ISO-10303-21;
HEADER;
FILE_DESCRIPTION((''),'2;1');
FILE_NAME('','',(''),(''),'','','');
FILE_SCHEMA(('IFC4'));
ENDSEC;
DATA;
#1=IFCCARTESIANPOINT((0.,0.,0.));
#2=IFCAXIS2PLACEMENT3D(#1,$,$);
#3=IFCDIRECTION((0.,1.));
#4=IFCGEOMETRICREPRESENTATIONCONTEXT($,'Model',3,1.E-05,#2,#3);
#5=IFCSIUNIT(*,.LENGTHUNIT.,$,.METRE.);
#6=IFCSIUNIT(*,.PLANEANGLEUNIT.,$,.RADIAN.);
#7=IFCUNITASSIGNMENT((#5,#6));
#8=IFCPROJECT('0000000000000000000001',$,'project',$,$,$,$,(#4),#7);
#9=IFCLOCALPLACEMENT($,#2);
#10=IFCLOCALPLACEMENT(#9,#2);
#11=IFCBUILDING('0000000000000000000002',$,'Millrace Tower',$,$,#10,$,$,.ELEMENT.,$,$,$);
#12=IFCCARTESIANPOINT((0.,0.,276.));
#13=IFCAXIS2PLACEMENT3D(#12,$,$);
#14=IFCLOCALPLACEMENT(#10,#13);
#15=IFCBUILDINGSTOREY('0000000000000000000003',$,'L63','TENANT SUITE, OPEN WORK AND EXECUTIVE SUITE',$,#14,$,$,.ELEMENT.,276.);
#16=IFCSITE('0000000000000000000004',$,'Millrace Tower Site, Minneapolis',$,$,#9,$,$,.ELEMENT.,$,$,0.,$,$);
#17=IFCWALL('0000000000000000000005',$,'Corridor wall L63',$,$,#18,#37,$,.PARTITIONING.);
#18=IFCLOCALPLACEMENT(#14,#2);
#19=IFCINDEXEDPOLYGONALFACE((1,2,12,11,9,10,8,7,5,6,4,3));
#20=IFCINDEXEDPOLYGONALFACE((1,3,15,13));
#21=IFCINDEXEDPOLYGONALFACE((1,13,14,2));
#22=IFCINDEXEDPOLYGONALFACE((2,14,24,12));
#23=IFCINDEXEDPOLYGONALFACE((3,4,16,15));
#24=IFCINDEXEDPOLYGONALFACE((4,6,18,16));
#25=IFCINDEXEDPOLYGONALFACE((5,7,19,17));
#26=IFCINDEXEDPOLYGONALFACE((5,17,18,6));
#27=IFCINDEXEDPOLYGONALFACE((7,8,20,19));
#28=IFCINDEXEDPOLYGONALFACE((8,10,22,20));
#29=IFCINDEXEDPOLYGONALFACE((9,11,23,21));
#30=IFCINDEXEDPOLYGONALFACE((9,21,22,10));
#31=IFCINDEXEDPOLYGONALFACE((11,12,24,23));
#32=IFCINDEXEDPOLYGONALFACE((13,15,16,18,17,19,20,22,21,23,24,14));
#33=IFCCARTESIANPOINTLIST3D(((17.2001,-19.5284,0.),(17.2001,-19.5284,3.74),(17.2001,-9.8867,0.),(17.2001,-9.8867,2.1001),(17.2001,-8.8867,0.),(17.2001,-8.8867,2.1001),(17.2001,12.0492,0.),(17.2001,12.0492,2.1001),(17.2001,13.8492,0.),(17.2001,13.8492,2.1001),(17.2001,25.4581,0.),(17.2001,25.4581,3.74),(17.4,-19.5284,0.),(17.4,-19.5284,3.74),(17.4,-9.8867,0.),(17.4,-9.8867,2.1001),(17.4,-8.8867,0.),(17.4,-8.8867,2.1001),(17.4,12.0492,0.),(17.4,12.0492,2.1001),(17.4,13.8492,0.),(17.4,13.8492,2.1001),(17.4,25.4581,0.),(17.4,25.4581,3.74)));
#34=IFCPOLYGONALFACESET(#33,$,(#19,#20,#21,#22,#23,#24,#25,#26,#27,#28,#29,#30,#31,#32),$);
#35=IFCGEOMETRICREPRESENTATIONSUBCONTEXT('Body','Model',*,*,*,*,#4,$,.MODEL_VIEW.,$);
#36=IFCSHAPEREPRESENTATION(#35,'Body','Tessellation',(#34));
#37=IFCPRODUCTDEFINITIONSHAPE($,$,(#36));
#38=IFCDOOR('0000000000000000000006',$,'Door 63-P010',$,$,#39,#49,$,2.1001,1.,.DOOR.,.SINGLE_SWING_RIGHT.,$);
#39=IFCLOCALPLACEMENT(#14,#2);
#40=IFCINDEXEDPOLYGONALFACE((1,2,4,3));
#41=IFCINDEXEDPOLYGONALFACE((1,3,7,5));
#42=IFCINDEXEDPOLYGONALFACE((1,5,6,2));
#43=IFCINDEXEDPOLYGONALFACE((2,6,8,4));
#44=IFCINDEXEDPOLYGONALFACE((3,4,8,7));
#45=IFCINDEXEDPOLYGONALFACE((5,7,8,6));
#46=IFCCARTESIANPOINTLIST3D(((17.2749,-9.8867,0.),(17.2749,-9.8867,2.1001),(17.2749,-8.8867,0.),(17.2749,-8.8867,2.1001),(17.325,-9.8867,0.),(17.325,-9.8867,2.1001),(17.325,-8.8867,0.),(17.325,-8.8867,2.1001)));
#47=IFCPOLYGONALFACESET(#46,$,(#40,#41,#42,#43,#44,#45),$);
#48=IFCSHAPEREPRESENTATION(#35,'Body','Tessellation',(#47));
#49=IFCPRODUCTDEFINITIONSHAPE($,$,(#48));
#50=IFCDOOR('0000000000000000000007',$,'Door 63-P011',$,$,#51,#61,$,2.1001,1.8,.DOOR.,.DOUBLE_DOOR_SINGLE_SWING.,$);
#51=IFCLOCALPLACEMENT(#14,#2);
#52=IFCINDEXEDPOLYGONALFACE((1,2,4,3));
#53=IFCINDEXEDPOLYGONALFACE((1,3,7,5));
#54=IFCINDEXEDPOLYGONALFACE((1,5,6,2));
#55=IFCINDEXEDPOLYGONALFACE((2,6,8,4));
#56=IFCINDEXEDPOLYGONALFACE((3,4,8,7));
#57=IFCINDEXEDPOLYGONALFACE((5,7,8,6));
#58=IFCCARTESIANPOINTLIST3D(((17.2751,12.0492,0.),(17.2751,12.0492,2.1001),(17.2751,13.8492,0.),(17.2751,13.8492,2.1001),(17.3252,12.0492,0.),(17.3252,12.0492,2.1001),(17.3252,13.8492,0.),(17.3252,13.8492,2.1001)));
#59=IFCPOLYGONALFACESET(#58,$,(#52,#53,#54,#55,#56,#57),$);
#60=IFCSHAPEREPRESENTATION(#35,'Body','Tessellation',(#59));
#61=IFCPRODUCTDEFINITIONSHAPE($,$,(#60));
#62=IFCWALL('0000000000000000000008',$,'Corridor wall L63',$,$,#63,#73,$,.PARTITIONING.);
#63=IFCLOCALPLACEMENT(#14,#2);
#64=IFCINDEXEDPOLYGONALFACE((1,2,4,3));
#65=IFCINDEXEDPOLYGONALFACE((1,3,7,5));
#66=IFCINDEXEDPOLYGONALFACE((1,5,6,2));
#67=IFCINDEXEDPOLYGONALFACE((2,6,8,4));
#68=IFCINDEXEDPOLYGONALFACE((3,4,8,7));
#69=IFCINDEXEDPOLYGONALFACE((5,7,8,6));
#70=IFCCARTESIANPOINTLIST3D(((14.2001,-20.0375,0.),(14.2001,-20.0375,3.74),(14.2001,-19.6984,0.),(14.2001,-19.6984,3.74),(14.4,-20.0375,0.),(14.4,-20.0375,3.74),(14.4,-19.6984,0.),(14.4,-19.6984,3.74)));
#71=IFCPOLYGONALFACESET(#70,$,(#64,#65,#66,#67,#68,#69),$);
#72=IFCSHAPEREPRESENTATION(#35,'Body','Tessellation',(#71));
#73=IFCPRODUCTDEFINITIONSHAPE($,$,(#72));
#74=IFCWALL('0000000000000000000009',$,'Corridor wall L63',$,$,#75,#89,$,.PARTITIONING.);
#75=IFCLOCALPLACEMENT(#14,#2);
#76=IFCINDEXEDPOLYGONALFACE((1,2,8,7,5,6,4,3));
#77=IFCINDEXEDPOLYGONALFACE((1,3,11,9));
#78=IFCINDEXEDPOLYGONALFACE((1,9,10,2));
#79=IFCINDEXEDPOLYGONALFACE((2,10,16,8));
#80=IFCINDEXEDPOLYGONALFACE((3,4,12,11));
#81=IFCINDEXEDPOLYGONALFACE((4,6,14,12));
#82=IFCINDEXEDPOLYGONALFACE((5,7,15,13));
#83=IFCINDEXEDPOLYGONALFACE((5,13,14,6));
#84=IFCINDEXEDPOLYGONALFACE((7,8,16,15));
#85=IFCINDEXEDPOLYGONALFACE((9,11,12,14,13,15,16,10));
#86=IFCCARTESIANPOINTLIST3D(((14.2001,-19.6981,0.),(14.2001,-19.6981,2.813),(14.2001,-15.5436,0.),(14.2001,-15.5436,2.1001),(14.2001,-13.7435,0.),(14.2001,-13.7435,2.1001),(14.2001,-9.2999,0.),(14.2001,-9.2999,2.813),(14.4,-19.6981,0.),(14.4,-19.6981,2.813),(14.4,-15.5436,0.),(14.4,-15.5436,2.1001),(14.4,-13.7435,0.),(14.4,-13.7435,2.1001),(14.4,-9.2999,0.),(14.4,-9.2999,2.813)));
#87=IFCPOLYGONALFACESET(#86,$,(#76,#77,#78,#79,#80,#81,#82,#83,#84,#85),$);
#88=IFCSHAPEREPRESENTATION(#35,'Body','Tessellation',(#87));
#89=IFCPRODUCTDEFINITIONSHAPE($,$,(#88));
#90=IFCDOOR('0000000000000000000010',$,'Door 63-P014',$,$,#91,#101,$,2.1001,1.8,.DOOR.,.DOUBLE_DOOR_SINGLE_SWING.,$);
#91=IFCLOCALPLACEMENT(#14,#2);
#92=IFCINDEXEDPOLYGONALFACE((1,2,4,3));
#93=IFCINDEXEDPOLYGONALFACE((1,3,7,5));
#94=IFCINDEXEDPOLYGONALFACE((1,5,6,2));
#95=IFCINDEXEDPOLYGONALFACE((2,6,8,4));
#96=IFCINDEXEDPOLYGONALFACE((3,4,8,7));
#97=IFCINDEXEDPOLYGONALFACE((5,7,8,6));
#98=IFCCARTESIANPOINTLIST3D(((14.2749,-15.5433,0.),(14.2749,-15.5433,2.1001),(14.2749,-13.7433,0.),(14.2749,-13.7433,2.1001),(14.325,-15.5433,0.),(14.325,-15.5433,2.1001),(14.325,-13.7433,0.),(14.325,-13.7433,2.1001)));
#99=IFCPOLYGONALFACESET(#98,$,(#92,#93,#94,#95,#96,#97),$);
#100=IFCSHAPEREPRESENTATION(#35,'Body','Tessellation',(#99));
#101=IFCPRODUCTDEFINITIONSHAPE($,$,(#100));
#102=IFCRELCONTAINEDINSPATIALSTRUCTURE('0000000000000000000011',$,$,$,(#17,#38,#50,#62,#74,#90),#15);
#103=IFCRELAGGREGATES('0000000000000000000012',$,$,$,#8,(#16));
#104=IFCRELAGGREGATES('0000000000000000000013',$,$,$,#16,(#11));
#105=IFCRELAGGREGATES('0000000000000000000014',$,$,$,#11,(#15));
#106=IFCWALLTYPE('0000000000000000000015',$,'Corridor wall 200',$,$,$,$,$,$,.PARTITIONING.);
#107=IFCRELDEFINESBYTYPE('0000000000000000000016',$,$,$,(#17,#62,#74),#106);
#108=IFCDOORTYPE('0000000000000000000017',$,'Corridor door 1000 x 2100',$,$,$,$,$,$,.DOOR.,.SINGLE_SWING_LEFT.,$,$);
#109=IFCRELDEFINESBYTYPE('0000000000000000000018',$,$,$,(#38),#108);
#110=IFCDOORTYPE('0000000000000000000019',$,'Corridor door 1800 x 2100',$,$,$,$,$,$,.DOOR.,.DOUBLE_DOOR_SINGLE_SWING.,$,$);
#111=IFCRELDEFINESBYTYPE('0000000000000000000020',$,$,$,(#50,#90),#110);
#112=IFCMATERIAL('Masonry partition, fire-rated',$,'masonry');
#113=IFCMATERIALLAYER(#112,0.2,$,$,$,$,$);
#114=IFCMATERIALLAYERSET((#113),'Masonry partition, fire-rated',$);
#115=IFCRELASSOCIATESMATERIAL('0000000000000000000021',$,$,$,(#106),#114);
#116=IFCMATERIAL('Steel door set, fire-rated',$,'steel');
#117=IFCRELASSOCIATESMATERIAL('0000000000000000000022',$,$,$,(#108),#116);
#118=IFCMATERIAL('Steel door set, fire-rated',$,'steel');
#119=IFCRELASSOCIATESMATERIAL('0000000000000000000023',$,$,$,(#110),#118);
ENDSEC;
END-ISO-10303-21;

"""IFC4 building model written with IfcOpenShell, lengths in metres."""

from ifc_helpers import new_model, si_unit, direction, frame, frame_2d, origin, place, context, subcontext, project, spatial, rectangle, extrude, material, layer, layer_set, type_object, element, fill, save


model = new_model("IFC4")

# Units and contexts
model_context = context("Model", 3, precision=1e-05, world=origin(), true_north=direction((0.0, 1.0)))
body_context = subcontext(model_context, "Body", "Model", "MODEL_VIEW")
ifc_project = project(units=[si_unit("LENGTHUNIT", "METRE"), si_unit("PLANEANGLEUNIT", "RADIAN")], contexts=[model_context])

# Site, building, storey
site_placement = place(None, origin())
site = spatial("IfcSite", under=ifc_project, at=site_placement, Name="Millrace Tower Site, Minneapolis", CompositionType="ELEMENT", RefElevation=0.0)
building_placement = place(site_placement, origin())
building = spatial("IfcBuilding", under=site, at=building_placement, Name="Millrace Tower", CompositionType="ELEMENT")
storey_placement = place(building_placement, frame((0.0, 0.0, 276.0)))
storey = spatial("IfcBuildingStorey", under=building, at=storey_placement, Name="L63", Description="TENANT SUITE, OPEN WORK AND EXECUTIVE SUITE", CompositionType="ELEMENT", Elevation=276.0)

# Wall, openings, doors
ifc_material_1 = material(Name="Masonry partition, fire-rated", Category="masonry")
ifc_layer_1 = layer(ifc_material_1, 0.2)
ifc_layer_set_1 = layer_set([ifc_layer_1], Name="Masonry partition, fire-rated")
wall_type = type_object("IfcWallType", Name="Corridor wall 200", PredefinedType="PARTITIONING", material=ifc_layer_set_1)
wall_1_placement = place(storey_placement, frame((17.3, -19.5283, 0.0), z_axis=(0.0, 0.0, 1.0), x_axis=(0.0, 1.0, 0.0)))
wall_1 = element("IfcWall", 1, at=wall_1_placement, inside=storey, type_object=wall_type, Name="Corridor wall L63", PredefinedType="PARTITIONING", context=body_context, shape_type="SweptSolid", body=[
    extrude(rectangle(XDim=44.9866, YDim=0.2, at=frame_2d((22.4932, 0.0))), origin(), (0.0, 0.0, 1.0), 3.74),
])
opening_1_placement = place(wall_1_placement, frame((9.6416, 0.0, 0.0)))
opening_1 = element("IfcOpeningElement", 2, at=opening_1_placement, cuts=wall_1, PredefinedType="OPENING", context=body_context, shape_type="SweptSolid", body=[
    extrude(rectangle(XDim=1.0, YDim=2.1001, at=frame_2d((0.5, 1.05))), frame((0.0, 0.1099, 0.0), z_axis=(0.0, -1.0, 0.0), x_axis=(1.0, 0.0, 0.0)), (0.0, 0.0, 1.0), 0.22),
])
opening_2_placement = place(wall_1_placement, frame((31.5776, 0.0, 0.0)))
opening_2 = element("IfcOpeningElement", 3, at=opening_2_placement, cuts=wall_1, PredefinedType="OPENING", context=body_context, shape_type="SweptSolid", body=[
    extrude(rectangle(XDim=1.8, YDim=2.1001, at=frame_2d((0.8999, 1.05))), frame((0.0, 0.1099, 0.0), z_axis=(0.0, -1.0, 0.0), x_axis=(1.0, 0.0, 0.0)), (0.0, 0.0, 1.0), 0.22),
])
ifc_material_2 = material(Name="Steel door set, fire-rated", Category="steel")
door_type_1 = type_object("IfcDoorType", Name="Corridor door 1000 x 2100", OperationType="SINGLE_SWING_LEFT", PredefinedType="DOOR", material=ifc_material_2)
door_1_placement = place(opening_1_placement, frame((1.0, 0.0, 0.0), z_axis=(0.0, 0.0, 1.0), x_axis=(-1.0, 0.0, 0.0)))
door_1 = element("IfcDoor", 4, at=door_1_placement, inside=storey, type_object=door_type_1, Name="Door 63-P010", OperationType="SINGLE_SWING_RIGHT", OverallHeight=2.1001, OverallWidth=1.0, PredefinedType="DOOR", context=body_context, shape_type="SweptSolid", body=[
    extrude(rectangle(XDim=1.0, YDim=2.1001, at=frame_2d((0.5, 1.05))), frame((0.0, 0.0249, 0.0), z_axis=(0.0, -1.0, 0.0), x_axis=(1.0, 0.0, 0.0)), (0.0, 0.0, 1.0), 0.05),
])
fill(opening_1, door_1)
ifc_material_3 = material(Name="Steel door set, fire-rated", Category="steel")
door_type_2 = type_object("IfcDoorType", Name="Corridor door 1800 x 2100", OperationType="DOUBLE_DOOR_SINGLE_SWING", PredefinedType="DOOR", material=ifc_material_3)
door_2_placement = place(opening_2_placement, origin())
door_2 = element("IfcDoor", 5, at=door_2_placement, inside=storey, type_object=door_type_2, Name="Door 63-P011", OperationType="DOUBLE_DOOR_SINGLE_SWING", OverallHeight=2.1001, OverallWidth=1.8, PredefinedType="DOOR", context=body_context, shape_type="SweptSolid", body=[
    extrude(rectangle(XDim=1.8, YDim=2.1001, at=frame_2d((0.8999, 1.05))), frame((0.0, 0.0249, 0.0), z_axis=(0.0, -1.0, 0.0), x_axis=(1.0, 0.0, 0.0)), (0.0, 0.0, 1.0), 0.05),
])
fill(opening_2, door_2)

# Wall
wall_2_placement = place(storey_placement, frame((14.3, -20.0374, 0.0), z_axis=(0.0, 0.0, 1.0), x_axis=(0.0, 1.0, 0.0)))
element("IfcWall", 6, at=wall_2_placement, inside=storey, type_object=wall_type, Name="Corridor wall L63", PredefinedType="PARTITIONING", context=body_context, shape_type="SweptSolid", body=[
    extrude(rectangle(XDim=0.3391, YDim=0.2, at=frame_2d((0.1694, 0.0))), origin(), (0.0, 0.0, 1.0), 3.74),
])

# Wall, opening, door
wall_3_placement = place(storey_placement, frame((14.3, -19.6982, 0.0), z_axis=(0.0, 0.0, 1.0), x_axis=(0.0, 1.0, 0.0)))
wall_3 = element("IfcWall", 7, at=wall_3_placement, inside=storey, type_object=wall_type, Name="Corridor wall L63", PredefinedType="PARTITIONING", context=body_context, shape_type="SweptSolid", body=[
    extrude(rectangle(XDim=10.3982, YDim=0.2, at=frame_2d((5.1992, 0.0))), origin(), (0.0, 0.0, 1.0), 2.813),
])
opening_3_placement = place(wall_3_placement, frame((4.1548, 0.0, 0.0)))
opening_3 = element("IfcOpeningElement", 8, at=opening_3_placement, cuts=wall_3, PredefinedType="OPENING", context=body_context, shape_type="SweptSolid", body=[
    extrude(rectangle(XDim=1.8, YDim=2.1001, at=frame_2d((0.8999, 1.05))), frame((0.0, 0.1099, 0.0), z_axis=(0.0, -1.0, 0.0), x_axis=(1.0, 0.0, 0.0)), (0.0, 0.0, 1.0), 0.22),
])
door_3_placement = place(opening_3_placement, frame((1.8, 0.0, 0.0), z_axis=(0.0, 0.0, 1.0), x_axis=(-1.0, 0.0, 0.0)))
door_3 = element("IfcDoor", 9, at=door_3_placement, inside=storey, type_object=door_type_2, Name="Door 63-P014", OperationType="DOUBLE_DOOR_SINGLE_SWING", OverallHeight=2.1001, OverallWidth=1.8, PredefinedType="DOOR", context=body_context, shape_type="SweptSolid", body=[
    extrude(rectangle(XDim=1.8, YDim=2.1001, at=frame_2d((0.8999, 1.05))), frame((0.0, 0.0249, 0.0), z_axis=(0.0, -1.0, 0.0), x_axis=(1.0, 0.0, 0.0)), (0.0, 0.0, 1.0), 0.05),
])
fill(opening_3, door_3)

save(model, "model.ifc")
